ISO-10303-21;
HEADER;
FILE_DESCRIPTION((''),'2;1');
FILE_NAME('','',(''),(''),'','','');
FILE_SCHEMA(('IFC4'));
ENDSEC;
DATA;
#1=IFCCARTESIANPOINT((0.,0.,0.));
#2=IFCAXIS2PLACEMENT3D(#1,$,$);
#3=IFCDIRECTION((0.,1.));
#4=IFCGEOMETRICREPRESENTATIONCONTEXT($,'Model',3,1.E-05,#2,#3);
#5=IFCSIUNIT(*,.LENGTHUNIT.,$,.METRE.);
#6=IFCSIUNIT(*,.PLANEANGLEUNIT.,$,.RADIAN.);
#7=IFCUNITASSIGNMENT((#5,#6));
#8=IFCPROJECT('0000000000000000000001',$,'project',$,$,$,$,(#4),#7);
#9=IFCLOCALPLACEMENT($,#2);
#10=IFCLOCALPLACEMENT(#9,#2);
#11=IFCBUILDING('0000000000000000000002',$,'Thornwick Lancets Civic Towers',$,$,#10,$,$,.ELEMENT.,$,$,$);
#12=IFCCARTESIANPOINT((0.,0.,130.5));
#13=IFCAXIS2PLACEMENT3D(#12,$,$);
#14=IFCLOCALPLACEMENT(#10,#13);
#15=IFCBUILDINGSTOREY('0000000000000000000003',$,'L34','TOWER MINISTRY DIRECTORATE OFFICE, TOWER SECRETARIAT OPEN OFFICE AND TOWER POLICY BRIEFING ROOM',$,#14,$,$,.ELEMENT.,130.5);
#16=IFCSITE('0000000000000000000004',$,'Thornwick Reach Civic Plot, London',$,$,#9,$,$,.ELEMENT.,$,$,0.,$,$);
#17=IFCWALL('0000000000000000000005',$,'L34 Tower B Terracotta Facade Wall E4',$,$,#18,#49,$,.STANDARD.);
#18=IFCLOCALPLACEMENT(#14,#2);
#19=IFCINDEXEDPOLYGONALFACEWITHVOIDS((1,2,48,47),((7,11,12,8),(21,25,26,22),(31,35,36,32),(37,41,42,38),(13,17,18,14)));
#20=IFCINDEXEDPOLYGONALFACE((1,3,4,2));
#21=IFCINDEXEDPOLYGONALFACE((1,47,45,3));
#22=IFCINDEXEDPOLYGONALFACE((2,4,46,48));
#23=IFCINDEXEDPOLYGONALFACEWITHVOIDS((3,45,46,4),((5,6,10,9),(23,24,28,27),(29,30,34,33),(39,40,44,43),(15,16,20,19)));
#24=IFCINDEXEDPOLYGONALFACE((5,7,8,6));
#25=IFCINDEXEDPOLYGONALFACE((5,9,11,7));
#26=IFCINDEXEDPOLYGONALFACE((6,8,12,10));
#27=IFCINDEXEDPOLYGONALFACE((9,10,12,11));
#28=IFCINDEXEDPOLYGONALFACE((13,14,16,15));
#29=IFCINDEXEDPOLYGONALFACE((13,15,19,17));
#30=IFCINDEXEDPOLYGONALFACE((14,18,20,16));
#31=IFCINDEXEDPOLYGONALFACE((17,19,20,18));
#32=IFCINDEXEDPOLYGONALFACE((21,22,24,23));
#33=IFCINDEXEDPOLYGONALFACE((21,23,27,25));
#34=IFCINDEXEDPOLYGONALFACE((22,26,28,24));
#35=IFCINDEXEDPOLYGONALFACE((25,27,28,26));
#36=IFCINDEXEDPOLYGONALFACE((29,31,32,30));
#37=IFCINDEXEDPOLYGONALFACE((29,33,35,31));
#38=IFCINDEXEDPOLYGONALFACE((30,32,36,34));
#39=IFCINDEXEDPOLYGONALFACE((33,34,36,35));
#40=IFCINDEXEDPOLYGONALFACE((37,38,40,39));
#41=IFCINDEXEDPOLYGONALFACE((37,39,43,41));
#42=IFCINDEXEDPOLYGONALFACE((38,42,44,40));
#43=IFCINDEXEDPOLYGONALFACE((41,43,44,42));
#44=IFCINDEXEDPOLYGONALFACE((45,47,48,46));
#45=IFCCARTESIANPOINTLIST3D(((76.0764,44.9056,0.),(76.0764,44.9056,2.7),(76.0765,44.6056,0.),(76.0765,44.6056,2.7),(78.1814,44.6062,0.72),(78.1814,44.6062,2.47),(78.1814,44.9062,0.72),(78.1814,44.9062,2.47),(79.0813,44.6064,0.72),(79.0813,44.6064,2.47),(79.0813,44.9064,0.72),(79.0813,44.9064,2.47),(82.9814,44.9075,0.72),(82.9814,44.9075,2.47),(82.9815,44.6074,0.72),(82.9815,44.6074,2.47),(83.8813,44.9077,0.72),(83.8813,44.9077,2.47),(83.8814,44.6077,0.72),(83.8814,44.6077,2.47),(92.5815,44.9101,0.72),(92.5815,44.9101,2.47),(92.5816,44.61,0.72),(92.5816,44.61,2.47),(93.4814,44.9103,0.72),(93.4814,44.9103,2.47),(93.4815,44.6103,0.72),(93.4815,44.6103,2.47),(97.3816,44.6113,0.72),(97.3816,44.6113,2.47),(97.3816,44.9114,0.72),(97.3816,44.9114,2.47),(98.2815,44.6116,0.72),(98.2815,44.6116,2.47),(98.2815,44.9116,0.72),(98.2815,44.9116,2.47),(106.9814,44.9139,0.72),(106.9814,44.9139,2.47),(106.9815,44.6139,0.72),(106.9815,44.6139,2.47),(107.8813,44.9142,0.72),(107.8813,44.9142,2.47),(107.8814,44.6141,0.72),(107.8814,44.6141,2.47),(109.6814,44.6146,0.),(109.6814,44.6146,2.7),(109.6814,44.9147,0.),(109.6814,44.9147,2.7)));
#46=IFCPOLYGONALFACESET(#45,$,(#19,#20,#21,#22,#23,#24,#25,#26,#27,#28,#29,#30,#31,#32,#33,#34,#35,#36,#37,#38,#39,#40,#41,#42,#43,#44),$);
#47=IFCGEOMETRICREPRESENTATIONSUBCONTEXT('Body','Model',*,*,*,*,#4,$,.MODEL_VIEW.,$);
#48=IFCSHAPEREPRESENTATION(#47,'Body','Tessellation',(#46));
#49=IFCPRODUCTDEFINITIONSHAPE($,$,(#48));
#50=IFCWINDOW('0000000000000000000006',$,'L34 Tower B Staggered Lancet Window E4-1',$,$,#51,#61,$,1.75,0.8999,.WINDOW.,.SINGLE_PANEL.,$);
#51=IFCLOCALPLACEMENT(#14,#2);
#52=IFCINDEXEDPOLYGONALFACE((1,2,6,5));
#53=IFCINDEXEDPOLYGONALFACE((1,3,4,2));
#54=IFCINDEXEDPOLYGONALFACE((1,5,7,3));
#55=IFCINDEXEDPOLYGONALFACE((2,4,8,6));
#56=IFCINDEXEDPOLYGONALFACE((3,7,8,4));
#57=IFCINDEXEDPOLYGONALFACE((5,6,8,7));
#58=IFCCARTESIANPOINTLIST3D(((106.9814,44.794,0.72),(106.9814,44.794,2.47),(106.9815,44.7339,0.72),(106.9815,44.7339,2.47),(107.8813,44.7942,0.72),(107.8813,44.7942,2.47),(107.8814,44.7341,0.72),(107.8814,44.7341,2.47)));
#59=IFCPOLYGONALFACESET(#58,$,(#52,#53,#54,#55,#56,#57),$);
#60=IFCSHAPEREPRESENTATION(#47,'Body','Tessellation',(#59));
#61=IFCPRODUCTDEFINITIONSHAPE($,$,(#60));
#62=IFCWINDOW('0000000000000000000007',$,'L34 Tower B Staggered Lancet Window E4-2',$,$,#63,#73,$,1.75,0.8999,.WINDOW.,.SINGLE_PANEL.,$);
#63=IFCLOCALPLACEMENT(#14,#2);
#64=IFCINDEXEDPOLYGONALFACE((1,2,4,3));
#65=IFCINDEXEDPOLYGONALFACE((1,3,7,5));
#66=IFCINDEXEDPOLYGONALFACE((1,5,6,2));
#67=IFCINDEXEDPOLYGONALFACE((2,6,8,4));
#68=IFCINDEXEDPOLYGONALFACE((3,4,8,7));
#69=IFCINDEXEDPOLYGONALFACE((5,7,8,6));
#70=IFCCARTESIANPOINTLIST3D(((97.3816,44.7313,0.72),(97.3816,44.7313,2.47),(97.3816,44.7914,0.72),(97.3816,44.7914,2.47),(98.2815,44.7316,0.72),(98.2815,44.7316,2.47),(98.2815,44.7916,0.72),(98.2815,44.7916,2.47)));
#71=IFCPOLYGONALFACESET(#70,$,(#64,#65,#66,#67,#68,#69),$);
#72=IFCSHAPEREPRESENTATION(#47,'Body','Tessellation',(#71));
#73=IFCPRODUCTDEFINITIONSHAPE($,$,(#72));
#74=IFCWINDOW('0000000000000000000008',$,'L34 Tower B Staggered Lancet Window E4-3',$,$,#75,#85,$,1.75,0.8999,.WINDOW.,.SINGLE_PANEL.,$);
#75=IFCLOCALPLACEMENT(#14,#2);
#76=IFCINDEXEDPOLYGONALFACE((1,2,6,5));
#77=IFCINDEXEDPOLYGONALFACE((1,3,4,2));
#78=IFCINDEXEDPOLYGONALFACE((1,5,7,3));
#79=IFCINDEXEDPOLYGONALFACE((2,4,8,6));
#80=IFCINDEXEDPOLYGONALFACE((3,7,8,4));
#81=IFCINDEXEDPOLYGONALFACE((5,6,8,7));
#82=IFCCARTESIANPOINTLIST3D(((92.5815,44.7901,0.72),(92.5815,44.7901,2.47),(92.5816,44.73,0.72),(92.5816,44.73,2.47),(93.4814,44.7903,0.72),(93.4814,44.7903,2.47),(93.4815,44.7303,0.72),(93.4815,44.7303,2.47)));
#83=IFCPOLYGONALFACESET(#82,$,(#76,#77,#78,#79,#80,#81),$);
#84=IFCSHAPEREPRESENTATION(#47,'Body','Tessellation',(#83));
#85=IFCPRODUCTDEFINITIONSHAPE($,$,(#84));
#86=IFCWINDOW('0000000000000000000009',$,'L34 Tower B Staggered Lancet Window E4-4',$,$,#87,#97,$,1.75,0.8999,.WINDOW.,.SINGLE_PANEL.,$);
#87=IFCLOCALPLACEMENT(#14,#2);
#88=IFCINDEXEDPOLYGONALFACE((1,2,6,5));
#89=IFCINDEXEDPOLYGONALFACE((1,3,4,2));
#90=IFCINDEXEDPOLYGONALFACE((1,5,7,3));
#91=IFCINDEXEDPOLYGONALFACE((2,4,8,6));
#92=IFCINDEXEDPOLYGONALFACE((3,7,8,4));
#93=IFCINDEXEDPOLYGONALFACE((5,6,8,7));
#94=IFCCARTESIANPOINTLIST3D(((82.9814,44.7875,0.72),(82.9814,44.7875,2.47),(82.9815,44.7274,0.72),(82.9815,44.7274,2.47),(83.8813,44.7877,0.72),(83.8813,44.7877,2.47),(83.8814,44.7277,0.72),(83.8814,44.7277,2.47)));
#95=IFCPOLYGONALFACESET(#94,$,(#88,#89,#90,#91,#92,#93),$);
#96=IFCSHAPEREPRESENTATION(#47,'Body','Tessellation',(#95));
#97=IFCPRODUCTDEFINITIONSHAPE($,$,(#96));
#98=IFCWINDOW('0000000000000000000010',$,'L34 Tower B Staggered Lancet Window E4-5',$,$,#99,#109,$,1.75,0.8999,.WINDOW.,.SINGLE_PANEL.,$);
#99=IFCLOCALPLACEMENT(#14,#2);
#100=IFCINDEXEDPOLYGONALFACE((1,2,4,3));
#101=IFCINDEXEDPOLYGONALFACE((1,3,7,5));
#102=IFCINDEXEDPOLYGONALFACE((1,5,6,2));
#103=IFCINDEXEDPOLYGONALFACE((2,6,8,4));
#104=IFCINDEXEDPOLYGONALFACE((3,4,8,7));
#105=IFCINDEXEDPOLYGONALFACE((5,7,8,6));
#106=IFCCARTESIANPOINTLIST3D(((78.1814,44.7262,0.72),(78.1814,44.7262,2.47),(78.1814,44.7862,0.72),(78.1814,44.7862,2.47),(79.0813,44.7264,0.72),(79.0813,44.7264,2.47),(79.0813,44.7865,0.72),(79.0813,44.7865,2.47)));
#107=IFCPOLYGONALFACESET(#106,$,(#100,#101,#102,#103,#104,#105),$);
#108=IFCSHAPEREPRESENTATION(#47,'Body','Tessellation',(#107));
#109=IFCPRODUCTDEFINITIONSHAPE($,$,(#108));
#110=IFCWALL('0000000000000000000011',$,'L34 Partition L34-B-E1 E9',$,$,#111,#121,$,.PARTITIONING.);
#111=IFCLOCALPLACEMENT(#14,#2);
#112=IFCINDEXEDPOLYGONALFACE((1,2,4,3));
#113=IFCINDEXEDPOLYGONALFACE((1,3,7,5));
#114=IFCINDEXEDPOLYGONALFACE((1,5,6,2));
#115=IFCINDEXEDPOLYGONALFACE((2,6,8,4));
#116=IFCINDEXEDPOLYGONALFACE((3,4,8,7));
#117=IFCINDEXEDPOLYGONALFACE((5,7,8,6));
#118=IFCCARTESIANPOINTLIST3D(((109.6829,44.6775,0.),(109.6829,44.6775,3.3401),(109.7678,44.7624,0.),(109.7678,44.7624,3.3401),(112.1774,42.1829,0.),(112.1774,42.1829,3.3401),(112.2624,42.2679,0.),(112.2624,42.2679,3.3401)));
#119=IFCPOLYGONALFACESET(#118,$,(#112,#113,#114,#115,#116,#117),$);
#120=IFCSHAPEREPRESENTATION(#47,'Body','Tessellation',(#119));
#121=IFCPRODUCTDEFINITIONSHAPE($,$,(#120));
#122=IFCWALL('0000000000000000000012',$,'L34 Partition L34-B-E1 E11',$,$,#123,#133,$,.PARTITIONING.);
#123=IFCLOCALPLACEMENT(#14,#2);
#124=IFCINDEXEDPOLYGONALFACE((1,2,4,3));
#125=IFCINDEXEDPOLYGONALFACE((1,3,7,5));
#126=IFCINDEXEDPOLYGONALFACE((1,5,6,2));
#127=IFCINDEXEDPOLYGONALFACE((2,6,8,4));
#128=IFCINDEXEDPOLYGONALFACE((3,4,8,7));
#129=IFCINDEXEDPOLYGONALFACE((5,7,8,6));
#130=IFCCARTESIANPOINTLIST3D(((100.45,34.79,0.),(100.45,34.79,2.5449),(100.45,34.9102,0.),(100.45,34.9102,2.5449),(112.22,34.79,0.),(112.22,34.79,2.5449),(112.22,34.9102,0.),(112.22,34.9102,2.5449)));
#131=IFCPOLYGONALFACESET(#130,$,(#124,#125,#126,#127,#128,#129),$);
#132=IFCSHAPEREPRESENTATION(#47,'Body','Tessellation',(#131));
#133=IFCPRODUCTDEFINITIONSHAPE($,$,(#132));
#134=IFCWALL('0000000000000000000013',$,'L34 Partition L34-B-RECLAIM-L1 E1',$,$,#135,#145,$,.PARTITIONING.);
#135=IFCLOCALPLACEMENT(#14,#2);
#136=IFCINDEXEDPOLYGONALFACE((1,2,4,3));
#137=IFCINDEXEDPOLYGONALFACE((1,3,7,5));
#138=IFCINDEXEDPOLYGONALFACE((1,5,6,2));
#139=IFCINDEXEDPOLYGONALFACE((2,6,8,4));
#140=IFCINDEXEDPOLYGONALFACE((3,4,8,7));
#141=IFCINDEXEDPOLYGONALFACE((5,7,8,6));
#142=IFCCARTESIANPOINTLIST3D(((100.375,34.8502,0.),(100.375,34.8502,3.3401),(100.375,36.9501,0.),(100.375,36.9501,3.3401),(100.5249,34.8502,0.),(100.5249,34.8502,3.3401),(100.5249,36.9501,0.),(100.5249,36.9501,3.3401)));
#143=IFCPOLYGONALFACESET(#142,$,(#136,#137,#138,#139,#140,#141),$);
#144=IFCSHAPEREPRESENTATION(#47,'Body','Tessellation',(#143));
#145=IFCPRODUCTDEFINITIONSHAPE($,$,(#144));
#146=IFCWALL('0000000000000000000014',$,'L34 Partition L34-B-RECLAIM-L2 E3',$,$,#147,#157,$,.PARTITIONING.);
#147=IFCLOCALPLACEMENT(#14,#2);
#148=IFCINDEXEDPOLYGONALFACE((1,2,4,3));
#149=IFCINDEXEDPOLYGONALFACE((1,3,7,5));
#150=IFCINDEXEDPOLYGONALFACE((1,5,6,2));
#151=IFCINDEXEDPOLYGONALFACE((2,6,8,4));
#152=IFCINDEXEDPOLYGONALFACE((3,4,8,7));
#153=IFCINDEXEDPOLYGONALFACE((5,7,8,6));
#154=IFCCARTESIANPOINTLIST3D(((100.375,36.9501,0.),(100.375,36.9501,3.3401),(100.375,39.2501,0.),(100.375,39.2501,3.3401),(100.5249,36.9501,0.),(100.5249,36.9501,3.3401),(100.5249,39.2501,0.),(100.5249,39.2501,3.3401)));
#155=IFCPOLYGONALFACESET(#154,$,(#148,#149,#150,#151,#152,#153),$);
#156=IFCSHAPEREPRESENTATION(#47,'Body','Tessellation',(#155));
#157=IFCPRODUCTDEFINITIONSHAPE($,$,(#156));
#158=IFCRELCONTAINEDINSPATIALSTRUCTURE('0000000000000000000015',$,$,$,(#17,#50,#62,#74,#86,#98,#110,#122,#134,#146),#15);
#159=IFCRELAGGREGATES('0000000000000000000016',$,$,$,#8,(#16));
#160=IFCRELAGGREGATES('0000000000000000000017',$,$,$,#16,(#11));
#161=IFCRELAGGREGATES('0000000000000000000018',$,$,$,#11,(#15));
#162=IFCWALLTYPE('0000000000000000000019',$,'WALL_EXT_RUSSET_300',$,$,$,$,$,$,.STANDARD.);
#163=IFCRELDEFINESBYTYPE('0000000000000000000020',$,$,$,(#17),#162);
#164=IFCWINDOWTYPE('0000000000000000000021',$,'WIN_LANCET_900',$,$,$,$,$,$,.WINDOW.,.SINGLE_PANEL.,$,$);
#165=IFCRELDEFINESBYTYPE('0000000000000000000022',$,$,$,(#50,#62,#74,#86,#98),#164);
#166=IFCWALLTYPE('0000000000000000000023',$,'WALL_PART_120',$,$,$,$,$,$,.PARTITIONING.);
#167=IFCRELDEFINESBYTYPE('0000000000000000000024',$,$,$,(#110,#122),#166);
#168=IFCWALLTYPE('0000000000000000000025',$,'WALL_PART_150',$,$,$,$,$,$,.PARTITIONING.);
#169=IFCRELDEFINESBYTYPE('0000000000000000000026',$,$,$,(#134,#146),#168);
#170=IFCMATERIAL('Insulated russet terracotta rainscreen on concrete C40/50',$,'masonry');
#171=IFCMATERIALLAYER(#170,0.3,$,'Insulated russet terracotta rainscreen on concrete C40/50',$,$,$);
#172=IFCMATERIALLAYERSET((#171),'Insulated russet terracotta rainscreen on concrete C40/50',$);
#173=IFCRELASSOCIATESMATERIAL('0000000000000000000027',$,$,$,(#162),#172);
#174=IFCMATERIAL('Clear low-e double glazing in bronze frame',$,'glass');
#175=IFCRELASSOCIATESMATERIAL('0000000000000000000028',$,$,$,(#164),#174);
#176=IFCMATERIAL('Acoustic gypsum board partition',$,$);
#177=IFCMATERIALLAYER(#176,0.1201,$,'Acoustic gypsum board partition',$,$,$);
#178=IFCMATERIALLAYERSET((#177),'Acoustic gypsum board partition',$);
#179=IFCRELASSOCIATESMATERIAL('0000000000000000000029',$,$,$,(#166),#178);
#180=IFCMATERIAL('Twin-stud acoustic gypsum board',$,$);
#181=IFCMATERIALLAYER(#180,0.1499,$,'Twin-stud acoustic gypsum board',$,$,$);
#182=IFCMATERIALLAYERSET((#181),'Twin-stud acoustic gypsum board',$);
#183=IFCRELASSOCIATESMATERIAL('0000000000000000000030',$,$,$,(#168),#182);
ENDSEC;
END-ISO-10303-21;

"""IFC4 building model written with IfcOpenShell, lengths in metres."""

from ifc_helpers import new_model, si_unit, direction, frame, frame_2d, origin, place, context, subcontext, project, spatial, rectangle, extrude, material, layer, layer_set, type_object, element, fill, save


model = new_model("IFC4")

# Units and contexts
model_context = context("Model", 3, precision=1e-05, world=origin(), true_north=direction((0.0, 1.0)))
body_context = subcontext(model_context, "Body", "Model", "MODEL_VIEW")
ifc_project = project(units=[si_unit("LENGTHUNIT", "METRE"), si_unit("PLANEANGLEUNIT", "RADIAN")], contexts=[model_context])

# Site, building, storey
site_placement = place(None, origin())
site = spatial("IfcSite", under=ifc_project, at=site_placement, Name="Thornwick Reach Civic Plot, London", CompositionType="ELEMENT", RefElevation=0.0)
building_placement = place(site_placement, origin())
building = spatial("IfcBuilding", under=site, at=building_placement, Name="Thornwick Lancets Civic Towers", CompositionType="ELEMENT")
storey_placement = place(building_placement, frame((0.0, 0.0, 130.5)))
storey = spatial("IfcBuildingStorey", under=building, at=storey_placement, Name="L34", Description="TOWER MINISTRY DIRECTORATE OFFICE, TOWER SECRETARIAT OPEN OFFICE AND TOWER POLICY BRIEFING ROOM", CompositionType="ELEMENT", Elevation=130.5)

# Wall, openings, windows
ifc_material_1 = material(Name="Insulated russet terracotta rainscreen on concrete C40/50", Category="masonry")
ifc_layer_1 = layer(ifc_material_1, 0.3, Name="Insulated russet terracotta rainscreen on concrete C40/50")
ifc_layer_set_1 = layer_set([ifc_layer_1], Name="Insulated russet terracotta rainscreen on concrete C40/50")
wall_type_1 = type_object("IfcWallType", Name="WALL_EXT_RUSSET_300", PredefinedType="STANDARD", material=ifc_layer_set_1)
wall_1_placement = place(storey_placement, frame((109.6814, 44.7646, 0.0), z_axis=(0.0, 0.0, 1.0), x_axis=(-1.0, -0.000269, 0.0)))
wall_1 = element("IfcWall", 1, at=wall_1_placement, inside=storey, type_object=wall_type_1, Name="L34 Tower B Terracotta Facade Wall E4", PredefinedType="STANDARD", context=body_context, shape_type="SweptSolid", body=[
    extrude(rectangle(XDim=33.605, YDim=0.3, at=frame_2d((16.8025, 0.0))), origin(), (0.0, 0.0, 1.0), 2.7),
])
opening_1_placement = place(wall_1_placement, frame((1.8, 0.0, 0.72)))
opening_1 = element("IfcOpeningElement", 2, at=opening_1_placement, cuts=wall_1, PredefinedType="OPENING", context=body_context, shape_type="SweptSolid", body=[
    extrude(rectangle(XDim=0.8999, YDim=1.75, at=frame_2d((0.45, 0.875))), frame((0.0, 0.1602, 0.0), z_axis=(0.0, -1.0, 0.0), x_axis=(1.0, 0.0, 0.0)), (0.0, 0.0, 1.0), 0.3201),
])
opening_2_placement = place(wall_1_placement, frame((11.3999, 0.0, 0.72)))
opening_2 = element("IfcOpeningElement", 3, at=opening_2_placement, cuts=wall_1, PredefinedType="OPENING", context=body_context, shape_type="SweptSolid", body=[
    extrude(rectangle(XDim=0.8999, YDim=1.75, at=frame_2d((0.45, 0.875))), frame((0.0, 0.1602, 0.0), z_axis=(0.0, -1.0, 0.0), x_axis=(1.0, 0.0, 0.0)), (0.0, 0.0, 1.0), 0.3201),
])
opening_3_placement = place(wall_1_placement, frame((16.2, 0.0, 0.72)))
opening_3 = element("IfcOpeningElement", 4, at=opening_3_placement, cuts=wall_1, PredefinedType="OPENING", context=body_context, shape_type="SweptSolid", body=[
    extrude(rectangle(XDim=0.8999, YDim=1.75, at=frame_2d((0.45, 0.875))), frame((0.0, 0.1602, 0.0), z_axis=(0.0, -1.0, 0.0), x_axis=(1.0, 0.0, 0.0)), (0.0, 0.0, 1.0), 0.3201),
])
opening_4_placement = place(wall_1_placement, frame((25.8, 0.0, 0.72)))
opening_4 = element("IfcOpeningElement", 5, at=opening_4_placement, cuts=wall_1, PredefinedType="OPENING", context=body_context, shape_type="SweptSolid", body=[
    extrude(rectangle(XDim=0.8999, YDim=1.75, at=frame_2d((0.45, 0.875))), frame((0.0, 0.1602, 0.0), z_axis=(0.0, -1.0, 0.0), x_axis=(1.0, 0.0, 0.0)), (0.0, 0.0, 1.0), 0.3201),
])
opening_5_placement = place(wall_1_placement, frame((30.6001, 0.0, 0.72)))
opening_5 = element("IfcOpeningElement", 6, at=opening_5_placement, cuts=wall_1, PredefinedType="OPENING", context=body_context, shape_type="SweptSolid", body=[
    extrude(rectangle(XDim=0.8999, YDim=1.75, at=frame_2d((0.45, 0.875))), frame((0.0, 0.1602, 0.0), z_axis=(0.0, -1.0, 0.0), x_axis=(1.0, 0.0, 0.0)), (0.0, 0.0, 1.0), 0.3201),
])
ifc_material_2 = material(Name="Clear low-e double glazing in bronze frame", Category="glass")
window_type = type_object("IfcWindowType", Name="WIN_LANCET_900", PartitioningType="SINGLE_PANEL", PredefinedType="WINDOW", material=ifc_material_2)
window_1_placement = place(opening_1_placement, origin())
window_1 = element("IfcWindow", 7, at=window_1_placement, inside=storey, type_object=window_type, Name="L34 Tower B Staggered Lancet Window E4-1", OverallHeight=1.75, OverallWidth=0.8999, PartitioningType="SINGLE_PANEL", PredefinedType="WINDOW", context=body_context, shape_type="SweptSolid", body=[
    extrude(rectangle(XDim=0.8999, YDim=1.75, at=frame_2d((0.45, 0.875))), frame((0.0, 0.03, 0.0), z_axis=(0.0, -1.0, 0.0), x_axis=(1.0, 0.0, 0.0)), (0.0, 0.0, 1.0), 0.0601),
])
fill(opening_1, window_1)
window_2_placement = place(opening_2_placement, origin())
window_2 = element("IfcWindow", 8, at=window_2_placement, inside=storey, type_object=window_type, Name="L34 Tower B Staggered Lancet Window E4-2", OverallHeight=1.75, OverallWidth=0.8999, PartitioningType="SINGLE_PANEL", PredefinedType="WINDOW", context=body_context, shape_type="SweptSolid", body=[
    extrude(rectangle(XDim=0.8999, YDim=1.75, at=frame_2d((0.45, 0.875))), frame((0.0, 0.03, 0.0), z_axis=(0.0, -1.0, 0.0), x_axis=(1.0, 0.0, 0.0)), (0.0, 0.0, 1.0), 0.0601),
])
fill(opening_2, window_2)
window_3_placement = place(opening_3_placement, origin())
window_3 = element("IfcWindow", 9, at=window_3_placement, inside=storey, type_object=window_type, Name="L34 Tower B Staggered Lancet Window E4-3", OverallHeight=1.75, OverallWidth=0.8999, PartitioningType="SINGLE_PANEL", PredefinedType="WINDOW", context=body_context, shape_type="SweptSolid", body=[
    extrude(rectangle(XDim=0.8999, YDim=1.75, at=frame_2d((0.45, 0.875))), frame((0.0, 0.03, 0.0), z_axis=(0.0, -1.0, 0.0), x_axis=(1.0, 0.0, 0.0)), (0.0, 0.0, 1.0), 0.0601),
])
fill(opening_3, window_3)
window_4_placement = place(opening_4_placement, origin())
window_4 = element("IfcWindow", 10, at=window_4_placement, inside=storey, type_object=window_type, Name="L34 Tower B Staggered Lancet Window E4-4", OverallHeight=1.75, OverallWidth=0.8999, PartitioningType="SINGLE_PANEL", PredefinedType="WINDOW", context=body_context, shape_type="SweptSolid", body=[
    extrude(rectangle(XDim=0.8999, YDim=1.75, at=frame_2d((0.45, 0.875))), frame((0.0, 0.03, 0.0), z_axis=(0.0, -1.0, 0.0), x_axis=(1.0, 0.0, 0.0)), (0.0, 0.0, 1.0), 0.0601),
])
fill(opening_4, window_4)
window_5_placement = place(opening_5_placement, origin())
window_5 = element("IfcWindow", 11, at=window_5_placement, inside=storey, type_object=window_type, Name="L34 Tower B Staggered Lancet Window E4-5", OverallHeight=1.75, OverallWidth=0.8999, PartitioningType="SINGLE_PANEL", PredefinedType="WINDOW", context=body_context, shape_type="SweptSolid", body=[
    extrude(rectangle(XDim=0.8999, YDim=1.75, at=frame_2d((0.45, 0.875))), frame((0.0, 0.03, 0.0), z_axis=(0.0, -1.0, 0.0), x_axis=(1.0, 0.0, 0.0)), (0.0, 0.0, 1.0), 0.0601),
])
fill(opening_5, window_5)

# Walls
ifc_material_3 = material(Name="Acoustic gypsum board partition")
ifc_layer_2 = layer(ifc_material_3, 0.1201, Name="Acoustic gypsum board partition")
ifc_layer_set_2 = layer_set([ifc_layer_2], Name="Acoustic gypsum board partition")
wall_type_2 = type_object("IfcWallType", Name="WALL_PART_120", PredefinedType="PARTITIONING", material=ifc_layer_set_2)
wall_2_placement = place(storey_placement, frame((109.7253, 44.72, 0.0), z_axis=(0.0, 0.0, 1.0), x_axis=(0.707107, -0.707107, 0.0)))
element("IfcWall", 12, at=wall_2_placement, inside=storey, type_object=wall_type_2, Name="L34 Partition L34-B-E1 E9", PredefinedType="PARTITIONING", context=body_context, shape_type="SweptSolid", body=[
    extrude(rectangle(XDim=3.5278, YDim=0.1201, at=frame_2d((1.7639, 0.0))), origin(), (0.0, 0.0, 1.0), 3.3401),
])
wall_3_placement = place(storey_placement, frame((112.22, 34.8501, 0.0), z_axis=(0.0, 0.0, 1.0), x_axis=(-1.0, 0.0, 0.0)))
element("IfcWall", 13, at=wall_3_placement, inside=storey, type_object=wall_type_2, Name="L34 Partition L34-B-E1 E11", PredefinedType="PARTITIONING", context=body_context, shape_type="SweptSolid", body=[
    extrude(rectangle(XDim=11.77, YDim=0.1201, at=frame_2d((5.885, 0.0))), origin(), (0.0, 0.0, 1.0), 2.5449),
])
ifc_material_4 = material(Name="Twin-stud acoustic gypsum board")
ifc_layer_3 = layer(ifc_material_4, 0.1499, Name="Twin-stud acoustic gypsum board")
ifc_layer_set_3 = layer_set([ifc_layer_3], Name="Twin-stud acoustic gypsum board")
wall_type_3 = type_object("IfcWallType", Name="WALL_PART_150", PredefinedType="PARTITIONING", material=ifc_layer_set_3)
wall_4_placement = place(storey_placement, frame((100.45, 36.95, 0.0), z_axis=(0.0, 0.0, 1.0), x_axis=(0.0, -1.0, 0.0)))
element("IfcWall", 14, at=wall_4_placement, inside=storey, type_object=wall_type_3, Name="L34 Partition L34-B-RECLAIM-L1 E1", PredefinedType="PARTITIONING", context=body_context, shape_type="SweptSolid", body=[
    extrude(rectangle(XDim=2.0999, YDim=0.1499, at=frame_2d((1.0498, 0.0))), origin(), (0.0, 0.0, 1.0), 3.3401),
])
wall_5_placement = place(storey_placement, frame((100.45, 39.25, 0.0), z_axis=(0.0, 0.0, 1.0), x_axis=(0.0, -1.0, 0.0)))
element("IfcWall", 15, at=wall_5_placement, inside=storey, type_object=wall_type_3, Name="L34 Partition L34-B-RECLAIM-L2 E3", PredefinedType="PARTITIONING", context=body_context, shape_type="SweptSolid", body=[
    extrude(rectangle(XDim=2.3, YDim=0.1499, at=frame_2d((1.1499, 0.0))), origin(), (0.0, 0.0, 1.0), 3.3401),
])

save(model, "model.ifc")
